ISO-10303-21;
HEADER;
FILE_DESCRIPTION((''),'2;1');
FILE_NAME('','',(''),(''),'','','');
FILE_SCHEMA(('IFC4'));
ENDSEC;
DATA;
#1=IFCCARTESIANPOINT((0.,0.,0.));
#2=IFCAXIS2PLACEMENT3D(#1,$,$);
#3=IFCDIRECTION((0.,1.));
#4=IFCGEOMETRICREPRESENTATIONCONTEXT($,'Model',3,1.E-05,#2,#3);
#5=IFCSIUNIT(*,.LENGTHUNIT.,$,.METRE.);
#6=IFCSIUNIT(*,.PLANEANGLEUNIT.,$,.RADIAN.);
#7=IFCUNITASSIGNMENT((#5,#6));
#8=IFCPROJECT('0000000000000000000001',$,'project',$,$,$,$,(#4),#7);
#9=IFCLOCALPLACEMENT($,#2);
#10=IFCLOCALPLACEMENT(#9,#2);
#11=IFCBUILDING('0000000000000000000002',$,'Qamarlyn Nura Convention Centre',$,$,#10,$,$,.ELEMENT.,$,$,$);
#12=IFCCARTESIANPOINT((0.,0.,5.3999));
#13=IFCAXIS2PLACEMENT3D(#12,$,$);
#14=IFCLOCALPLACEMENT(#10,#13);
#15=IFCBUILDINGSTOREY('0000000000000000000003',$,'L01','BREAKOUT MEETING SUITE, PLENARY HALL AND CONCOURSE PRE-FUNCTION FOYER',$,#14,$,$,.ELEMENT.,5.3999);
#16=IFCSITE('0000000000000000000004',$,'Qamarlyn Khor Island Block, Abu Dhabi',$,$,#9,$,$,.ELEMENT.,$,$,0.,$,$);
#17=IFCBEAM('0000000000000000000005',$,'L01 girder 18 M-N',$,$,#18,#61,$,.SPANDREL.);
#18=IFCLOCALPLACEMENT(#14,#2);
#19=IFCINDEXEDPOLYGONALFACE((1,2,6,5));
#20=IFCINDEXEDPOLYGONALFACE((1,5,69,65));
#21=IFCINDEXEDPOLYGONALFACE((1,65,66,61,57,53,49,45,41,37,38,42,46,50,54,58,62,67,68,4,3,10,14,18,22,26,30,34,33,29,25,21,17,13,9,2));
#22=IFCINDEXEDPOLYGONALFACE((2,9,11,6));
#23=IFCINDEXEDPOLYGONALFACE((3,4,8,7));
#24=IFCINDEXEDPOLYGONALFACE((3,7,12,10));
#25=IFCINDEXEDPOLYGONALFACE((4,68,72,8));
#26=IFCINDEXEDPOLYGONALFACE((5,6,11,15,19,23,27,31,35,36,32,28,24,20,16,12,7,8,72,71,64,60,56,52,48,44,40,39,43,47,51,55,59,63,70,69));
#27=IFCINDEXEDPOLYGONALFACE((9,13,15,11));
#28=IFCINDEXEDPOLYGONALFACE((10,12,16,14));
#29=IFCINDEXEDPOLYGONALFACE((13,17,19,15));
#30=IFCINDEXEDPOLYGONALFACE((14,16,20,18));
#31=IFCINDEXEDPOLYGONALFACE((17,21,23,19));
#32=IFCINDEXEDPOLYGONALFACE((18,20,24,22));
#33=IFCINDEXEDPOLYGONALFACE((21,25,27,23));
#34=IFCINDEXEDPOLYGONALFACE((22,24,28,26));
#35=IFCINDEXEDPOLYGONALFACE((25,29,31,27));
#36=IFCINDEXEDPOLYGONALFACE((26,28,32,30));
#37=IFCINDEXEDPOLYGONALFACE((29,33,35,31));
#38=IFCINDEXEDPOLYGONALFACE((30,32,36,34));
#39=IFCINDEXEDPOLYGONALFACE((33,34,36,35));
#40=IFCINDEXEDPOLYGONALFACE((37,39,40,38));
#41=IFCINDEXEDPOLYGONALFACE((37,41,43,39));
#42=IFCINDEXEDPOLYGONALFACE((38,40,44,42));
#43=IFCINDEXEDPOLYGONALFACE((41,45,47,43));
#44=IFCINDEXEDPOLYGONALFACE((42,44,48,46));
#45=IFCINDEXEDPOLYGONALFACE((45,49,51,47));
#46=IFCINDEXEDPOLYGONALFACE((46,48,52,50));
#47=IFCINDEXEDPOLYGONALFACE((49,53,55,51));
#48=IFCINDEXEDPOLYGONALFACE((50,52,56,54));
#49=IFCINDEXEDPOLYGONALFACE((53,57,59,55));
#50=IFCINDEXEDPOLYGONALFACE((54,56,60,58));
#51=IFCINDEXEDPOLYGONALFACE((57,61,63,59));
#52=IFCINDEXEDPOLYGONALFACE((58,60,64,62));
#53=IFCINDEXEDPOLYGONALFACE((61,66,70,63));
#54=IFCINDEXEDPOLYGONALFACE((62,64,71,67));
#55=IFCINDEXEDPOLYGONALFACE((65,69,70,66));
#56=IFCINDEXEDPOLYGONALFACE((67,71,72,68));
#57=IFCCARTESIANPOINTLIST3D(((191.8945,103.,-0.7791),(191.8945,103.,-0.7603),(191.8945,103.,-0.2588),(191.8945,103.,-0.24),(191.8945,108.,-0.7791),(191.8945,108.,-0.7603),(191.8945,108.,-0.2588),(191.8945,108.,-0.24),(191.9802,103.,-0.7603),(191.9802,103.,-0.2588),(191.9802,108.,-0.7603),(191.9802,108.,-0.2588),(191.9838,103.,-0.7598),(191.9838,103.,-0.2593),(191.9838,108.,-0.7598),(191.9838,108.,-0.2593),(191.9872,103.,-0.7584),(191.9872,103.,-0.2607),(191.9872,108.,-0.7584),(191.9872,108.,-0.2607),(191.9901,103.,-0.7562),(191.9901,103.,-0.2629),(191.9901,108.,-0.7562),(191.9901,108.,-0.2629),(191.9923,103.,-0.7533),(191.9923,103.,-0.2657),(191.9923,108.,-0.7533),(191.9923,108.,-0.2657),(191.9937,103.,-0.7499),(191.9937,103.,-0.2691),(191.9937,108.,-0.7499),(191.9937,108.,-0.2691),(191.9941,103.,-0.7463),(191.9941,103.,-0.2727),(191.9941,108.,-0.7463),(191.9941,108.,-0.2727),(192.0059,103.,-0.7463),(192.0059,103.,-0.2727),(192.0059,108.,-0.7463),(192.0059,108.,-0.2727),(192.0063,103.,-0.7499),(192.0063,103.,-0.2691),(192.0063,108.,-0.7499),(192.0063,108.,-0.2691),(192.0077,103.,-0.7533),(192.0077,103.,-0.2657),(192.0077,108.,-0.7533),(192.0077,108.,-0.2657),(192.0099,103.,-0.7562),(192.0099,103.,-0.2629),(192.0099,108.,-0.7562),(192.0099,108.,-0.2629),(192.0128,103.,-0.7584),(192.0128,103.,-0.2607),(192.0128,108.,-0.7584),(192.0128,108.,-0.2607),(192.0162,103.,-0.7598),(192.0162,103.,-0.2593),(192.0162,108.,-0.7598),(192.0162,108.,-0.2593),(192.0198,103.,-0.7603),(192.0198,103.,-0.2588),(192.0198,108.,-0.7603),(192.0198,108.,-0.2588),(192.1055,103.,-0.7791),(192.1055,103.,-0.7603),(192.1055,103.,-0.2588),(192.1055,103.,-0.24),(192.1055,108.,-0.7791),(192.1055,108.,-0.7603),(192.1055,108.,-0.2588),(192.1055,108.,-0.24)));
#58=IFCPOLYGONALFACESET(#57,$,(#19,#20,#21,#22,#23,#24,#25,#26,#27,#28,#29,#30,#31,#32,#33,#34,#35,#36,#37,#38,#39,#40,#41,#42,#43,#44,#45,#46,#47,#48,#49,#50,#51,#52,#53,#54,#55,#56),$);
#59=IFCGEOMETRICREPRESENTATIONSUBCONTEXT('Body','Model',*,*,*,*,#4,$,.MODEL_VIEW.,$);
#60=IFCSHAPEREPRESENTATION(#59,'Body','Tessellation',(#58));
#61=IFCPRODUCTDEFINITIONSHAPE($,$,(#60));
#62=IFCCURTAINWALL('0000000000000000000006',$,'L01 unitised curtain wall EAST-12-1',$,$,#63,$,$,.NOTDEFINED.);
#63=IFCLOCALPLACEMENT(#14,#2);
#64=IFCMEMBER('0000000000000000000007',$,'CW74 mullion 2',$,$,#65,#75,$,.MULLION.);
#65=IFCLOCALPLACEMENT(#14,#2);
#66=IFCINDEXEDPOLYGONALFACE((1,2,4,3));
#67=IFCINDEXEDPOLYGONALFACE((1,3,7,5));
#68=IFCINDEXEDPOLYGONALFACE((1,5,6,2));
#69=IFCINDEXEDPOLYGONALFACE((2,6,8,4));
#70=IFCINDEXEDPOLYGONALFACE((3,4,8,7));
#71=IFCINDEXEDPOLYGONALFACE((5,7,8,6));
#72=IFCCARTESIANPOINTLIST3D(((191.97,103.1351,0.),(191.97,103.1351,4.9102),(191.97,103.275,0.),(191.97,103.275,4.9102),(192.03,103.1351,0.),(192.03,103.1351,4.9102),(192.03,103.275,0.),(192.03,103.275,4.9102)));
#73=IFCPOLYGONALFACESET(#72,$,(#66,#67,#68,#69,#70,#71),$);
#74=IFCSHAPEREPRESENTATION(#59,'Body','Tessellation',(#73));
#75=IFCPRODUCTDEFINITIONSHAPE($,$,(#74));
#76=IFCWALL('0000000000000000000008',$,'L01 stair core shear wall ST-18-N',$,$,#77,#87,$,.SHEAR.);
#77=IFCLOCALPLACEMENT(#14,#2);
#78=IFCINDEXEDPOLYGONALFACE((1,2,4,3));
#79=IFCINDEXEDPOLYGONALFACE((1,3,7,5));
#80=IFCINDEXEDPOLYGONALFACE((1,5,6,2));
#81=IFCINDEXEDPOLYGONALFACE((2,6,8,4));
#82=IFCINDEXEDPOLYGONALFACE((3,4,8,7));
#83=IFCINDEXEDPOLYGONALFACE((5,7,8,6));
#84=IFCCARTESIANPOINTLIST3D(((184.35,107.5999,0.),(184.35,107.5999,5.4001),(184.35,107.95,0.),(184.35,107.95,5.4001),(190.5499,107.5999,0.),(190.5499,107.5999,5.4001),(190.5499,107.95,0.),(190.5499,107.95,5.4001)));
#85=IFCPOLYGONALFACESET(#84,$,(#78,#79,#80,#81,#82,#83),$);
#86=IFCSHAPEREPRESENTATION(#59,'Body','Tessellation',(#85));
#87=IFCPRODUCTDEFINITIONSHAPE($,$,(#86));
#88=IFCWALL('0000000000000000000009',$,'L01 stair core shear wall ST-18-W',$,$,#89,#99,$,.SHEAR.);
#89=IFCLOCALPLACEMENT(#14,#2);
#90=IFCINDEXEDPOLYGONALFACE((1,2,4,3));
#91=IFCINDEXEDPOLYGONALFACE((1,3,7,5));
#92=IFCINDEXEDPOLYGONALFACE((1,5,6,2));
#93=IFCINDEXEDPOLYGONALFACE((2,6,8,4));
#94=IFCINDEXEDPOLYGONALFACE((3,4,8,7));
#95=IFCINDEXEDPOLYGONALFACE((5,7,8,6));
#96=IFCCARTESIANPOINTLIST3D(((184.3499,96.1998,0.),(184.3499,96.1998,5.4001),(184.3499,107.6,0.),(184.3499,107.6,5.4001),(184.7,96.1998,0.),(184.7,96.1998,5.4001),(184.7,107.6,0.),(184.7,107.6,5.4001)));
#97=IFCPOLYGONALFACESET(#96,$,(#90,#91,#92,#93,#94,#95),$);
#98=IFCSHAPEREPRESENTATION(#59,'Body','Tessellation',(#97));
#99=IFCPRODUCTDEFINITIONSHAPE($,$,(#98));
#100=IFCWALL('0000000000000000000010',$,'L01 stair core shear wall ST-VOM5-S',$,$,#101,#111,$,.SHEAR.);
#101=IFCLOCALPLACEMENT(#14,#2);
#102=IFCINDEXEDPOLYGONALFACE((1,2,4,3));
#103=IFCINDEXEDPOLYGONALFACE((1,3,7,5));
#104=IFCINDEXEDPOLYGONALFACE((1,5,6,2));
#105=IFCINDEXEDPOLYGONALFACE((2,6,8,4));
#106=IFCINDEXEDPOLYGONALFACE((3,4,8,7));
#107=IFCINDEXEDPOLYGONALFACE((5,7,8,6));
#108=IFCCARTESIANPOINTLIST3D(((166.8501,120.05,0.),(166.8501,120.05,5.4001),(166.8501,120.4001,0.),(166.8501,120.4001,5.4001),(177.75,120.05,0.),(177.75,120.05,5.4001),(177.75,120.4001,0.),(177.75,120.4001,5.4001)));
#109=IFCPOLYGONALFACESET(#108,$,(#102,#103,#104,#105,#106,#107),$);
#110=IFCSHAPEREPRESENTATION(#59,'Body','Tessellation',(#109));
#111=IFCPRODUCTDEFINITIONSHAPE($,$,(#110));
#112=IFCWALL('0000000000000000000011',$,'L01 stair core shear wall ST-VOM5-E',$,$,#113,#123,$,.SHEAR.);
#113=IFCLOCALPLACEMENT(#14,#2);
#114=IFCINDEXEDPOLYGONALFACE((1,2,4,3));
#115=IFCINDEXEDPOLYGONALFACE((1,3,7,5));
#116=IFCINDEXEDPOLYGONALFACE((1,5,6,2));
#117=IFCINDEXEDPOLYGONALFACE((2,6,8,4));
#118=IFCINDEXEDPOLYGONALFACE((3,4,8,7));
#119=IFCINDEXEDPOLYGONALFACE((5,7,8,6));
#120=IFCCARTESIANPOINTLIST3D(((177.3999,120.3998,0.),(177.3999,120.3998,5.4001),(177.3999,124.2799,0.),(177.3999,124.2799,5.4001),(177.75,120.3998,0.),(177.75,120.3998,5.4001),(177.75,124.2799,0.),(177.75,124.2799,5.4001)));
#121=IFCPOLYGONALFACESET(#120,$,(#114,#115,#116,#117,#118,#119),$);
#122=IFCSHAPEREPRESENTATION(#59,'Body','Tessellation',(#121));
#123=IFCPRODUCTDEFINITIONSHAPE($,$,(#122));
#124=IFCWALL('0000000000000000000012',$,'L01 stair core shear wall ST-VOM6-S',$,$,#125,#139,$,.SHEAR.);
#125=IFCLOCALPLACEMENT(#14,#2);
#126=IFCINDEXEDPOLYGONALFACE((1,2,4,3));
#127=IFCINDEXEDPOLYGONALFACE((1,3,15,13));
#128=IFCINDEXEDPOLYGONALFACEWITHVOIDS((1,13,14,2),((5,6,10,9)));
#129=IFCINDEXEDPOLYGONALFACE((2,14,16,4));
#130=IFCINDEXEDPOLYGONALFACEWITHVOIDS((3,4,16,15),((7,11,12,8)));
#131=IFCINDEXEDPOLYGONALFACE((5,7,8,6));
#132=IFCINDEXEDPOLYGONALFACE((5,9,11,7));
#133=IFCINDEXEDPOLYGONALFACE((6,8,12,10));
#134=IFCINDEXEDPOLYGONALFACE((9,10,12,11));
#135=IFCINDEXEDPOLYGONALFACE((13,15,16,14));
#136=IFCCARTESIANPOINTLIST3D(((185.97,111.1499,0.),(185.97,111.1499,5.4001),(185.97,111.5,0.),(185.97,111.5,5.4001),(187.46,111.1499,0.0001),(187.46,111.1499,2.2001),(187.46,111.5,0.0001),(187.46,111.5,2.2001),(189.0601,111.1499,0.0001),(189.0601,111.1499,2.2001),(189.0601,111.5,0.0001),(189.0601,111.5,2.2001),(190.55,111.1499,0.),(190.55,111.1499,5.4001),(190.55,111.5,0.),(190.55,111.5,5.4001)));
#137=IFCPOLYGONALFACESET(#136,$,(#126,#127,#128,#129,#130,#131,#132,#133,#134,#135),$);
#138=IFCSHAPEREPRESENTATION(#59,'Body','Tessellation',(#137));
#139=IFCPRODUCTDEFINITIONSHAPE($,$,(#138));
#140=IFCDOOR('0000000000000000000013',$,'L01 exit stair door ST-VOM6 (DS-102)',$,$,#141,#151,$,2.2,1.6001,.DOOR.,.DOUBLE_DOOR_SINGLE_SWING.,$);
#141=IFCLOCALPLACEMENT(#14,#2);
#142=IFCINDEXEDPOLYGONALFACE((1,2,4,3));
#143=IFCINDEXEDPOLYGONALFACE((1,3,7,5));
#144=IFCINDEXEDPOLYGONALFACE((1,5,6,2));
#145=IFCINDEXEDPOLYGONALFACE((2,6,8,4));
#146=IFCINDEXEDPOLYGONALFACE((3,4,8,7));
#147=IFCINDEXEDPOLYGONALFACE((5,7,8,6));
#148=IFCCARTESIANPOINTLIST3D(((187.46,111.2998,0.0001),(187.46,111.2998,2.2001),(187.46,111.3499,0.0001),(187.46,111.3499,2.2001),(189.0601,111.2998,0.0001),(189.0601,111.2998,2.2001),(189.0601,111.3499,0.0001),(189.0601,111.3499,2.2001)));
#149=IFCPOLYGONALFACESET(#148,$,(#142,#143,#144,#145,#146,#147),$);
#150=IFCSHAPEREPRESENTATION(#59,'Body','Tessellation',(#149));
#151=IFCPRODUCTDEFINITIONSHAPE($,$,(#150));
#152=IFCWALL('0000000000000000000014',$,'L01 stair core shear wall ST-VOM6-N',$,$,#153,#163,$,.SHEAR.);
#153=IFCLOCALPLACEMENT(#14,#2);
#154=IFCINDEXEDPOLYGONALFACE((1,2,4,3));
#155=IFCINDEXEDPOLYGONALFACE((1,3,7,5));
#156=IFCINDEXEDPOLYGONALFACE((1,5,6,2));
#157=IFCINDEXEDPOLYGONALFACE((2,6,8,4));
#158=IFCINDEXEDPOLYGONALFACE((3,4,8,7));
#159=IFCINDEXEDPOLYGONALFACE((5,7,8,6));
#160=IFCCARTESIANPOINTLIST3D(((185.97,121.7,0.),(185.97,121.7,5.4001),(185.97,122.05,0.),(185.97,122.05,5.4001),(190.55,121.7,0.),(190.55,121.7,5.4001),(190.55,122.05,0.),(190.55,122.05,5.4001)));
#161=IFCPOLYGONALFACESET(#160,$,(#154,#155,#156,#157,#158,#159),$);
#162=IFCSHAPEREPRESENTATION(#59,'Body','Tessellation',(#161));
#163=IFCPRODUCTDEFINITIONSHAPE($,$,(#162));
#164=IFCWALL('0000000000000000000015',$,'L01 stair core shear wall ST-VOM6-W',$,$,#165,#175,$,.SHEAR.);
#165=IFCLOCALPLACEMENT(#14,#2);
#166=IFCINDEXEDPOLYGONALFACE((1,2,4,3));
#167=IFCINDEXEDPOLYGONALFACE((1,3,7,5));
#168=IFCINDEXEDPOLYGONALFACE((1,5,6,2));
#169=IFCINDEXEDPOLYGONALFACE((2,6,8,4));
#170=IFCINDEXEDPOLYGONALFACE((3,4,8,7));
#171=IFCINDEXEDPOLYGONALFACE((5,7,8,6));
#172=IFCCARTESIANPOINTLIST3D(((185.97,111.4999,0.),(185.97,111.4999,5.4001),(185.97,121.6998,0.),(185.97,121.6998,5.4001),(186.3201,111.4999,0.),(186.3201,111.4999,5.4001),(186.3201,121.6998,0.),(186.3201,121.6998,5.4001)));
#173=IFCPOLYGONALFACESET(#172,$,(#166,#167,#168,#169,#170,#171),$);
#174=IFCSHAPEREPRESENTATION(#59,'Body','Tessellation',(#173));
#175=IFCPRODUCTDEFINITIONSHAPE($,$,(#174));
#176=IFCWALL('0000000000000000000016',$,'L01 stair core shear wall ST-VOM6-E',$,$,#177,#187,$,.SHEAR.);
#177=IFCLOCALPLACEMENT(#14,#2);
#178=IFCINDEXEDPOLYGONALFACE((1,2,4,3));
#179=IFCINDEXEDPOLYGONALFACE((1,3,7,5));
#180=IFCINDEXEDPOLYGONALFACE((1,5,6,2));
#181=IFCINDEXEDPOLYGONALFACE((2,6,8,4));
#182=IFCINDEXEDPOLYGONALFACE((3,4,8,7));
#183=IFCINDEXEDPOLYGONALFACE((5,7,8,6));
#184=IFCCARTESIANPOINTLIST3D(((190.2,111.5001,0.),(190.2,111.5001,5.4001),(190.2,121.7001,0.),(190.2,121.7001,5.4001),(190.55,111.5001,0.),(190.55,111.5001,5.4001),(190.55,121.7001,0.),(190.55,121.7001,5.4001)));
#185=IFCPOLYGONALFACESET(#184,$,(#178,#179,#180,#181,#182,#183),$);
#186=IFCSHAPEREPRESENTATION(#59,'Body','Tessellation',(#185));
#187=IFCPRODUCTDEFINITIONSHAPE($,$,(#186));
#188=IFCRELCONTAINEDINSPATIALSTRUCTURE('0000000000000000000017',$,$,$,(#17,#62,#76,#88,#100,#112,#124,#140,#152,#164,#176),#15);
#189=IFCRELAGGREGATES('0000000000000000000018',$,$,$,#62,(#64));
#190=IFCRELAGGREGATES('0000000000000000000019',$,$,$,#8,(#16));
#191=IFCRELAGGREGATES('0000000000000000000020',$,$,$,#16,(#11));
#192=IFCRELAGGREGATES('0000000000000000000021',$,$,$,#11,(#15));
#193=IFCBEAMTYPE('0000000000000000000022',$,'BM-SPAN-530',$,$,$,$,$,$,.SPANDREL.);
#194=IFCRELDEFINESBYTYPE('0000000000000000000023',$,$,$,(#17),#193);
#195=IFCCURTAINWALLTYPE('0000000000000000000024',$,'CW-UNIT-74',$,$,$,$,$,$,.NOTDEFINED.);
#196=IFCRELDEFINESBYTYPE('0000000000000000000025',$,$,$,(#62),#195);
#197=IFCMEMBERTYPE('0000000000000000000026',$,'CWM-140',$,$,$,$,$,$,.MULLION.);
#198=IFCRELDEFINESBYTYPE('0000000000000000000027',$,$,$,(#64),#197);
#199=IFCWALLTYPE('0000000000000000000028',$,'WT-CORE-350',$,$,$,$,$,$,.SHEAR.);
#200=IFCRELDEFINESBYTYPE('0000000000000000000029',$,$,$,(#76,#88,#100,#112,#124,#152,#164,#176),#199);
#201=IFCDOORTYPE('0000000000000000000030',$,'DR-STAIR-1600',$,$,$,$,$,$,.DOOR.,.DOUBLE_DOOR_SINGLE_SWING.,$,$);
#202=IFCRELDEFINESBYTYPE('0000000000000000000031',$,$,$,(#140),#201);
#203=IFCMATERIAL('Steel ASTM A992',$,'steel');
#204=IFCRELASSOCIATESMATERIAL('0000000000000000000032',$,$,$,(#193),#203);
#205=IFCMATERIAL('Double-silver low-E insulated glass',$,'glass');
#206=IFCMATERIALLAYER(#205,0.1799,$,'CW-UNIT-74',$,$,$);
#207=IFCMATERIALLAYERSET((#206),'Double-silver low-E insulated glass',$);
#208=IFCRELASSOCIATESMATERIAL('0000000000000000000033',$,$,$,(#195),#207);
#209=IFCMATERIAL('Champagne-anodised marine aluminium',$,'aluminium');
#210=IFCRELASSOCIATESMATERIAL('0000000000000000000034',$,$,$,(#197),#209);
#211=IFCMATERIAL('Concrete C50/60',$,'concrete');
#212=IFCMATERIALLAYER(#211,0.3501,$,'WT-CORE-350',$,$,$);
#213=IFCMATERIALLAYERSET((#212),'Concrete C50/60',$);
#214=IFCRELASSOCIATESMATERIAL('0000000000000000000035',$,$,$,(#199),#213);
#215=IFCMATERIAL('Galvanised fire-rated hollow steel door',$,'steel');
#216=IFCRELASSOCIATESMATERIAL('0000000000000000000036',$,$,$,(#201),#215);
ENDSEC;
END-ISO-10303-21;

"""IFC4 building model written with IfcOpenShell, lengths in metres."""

from ifc_helpers import new_model, si_unit, direction, frame, frame_2d, origin, origin_2d, place, context, subcontext, project, spatial, rectangle, i_section, extrude, material, layer, layer_set, material_profile, profile_set, type_object, element, fill, aggregate, save


model = new_model("IFC4")

# Units and contexts
model_context = context("Model", 3, precision=1e-05, world=origin(), true_north=direction((0.0, 1.0)))
body_context = subcontext(model_context, "Body", "Model", "MODEL_VIEW")
ifc_project = project(units=[si_unit("LENGTHUNIT", "METRE"), si_unit("PLANEANGLEUNIT", "RADIAN")], contexts=[model_context])

# Site, building, storey
site_placement = place(None, origin())
site = spatial("IfcSite", under=ifc_project, at=site_placement, Name="Qamarlyn Khor Island Block, Abu Dhabi", CompositionType="ELEMENT", RefElevation=0.0)
building_placement = place(site_placement, origin())
building = spatial("IfcBuilding", under=site, at=building_placement, Name="Qamarlyn Nura Convention Centre", CompositionType="ELEMENT")
storey_placement = place(building_placement, frame((0.0, 0.0, 5.3999)))
storey = spatial("IfcBuildingStorey", under=building, at=storey_placement, Name="L01", Description="BREAKOUT MEETING SUITE, PLENARY HALL AND CONCOURSE PRE-FUNCTION FOYER", CompositionType="ELEMENT", Elevation=5.3999)

# Beam
ifc_material_1 = material(Name="Steel ASTM A992", Category="steel")
ifc_material_profile_1 = material_profile(ifc_material_1, i_section(OverallWidth=0.2109, OverallDepth=0.5391, WebThickness=0.0117, FlangeThickness=0.0188, FilletRadius=0.0139, at=origin_2d()), Name="W530X109")
ifc_profile_set_1 = profile_set([ifc_material_profile_1], Name="Steel ASTM A992")
beam_type_1 = type_object("IfcBeamType", Name="BM-SPAN-530", PredefinedType="SPANDREL", material=ifc_profile_set_1)
beam_placement = place(storey_placement, frame((192.0, 103.0, -0.5095), z_axis=(0.0, 1.0, 0.0), x_axis=(-1.0, 0.0, 0.0)))
element("IfcBeam", 1, at=beam_placement, inside=storey, type_object=beam_type_1, Name="L01 girder 18 M-N", PredefinedType="SPANDREL", context=body_context, shape_type="SweptSolid", body=[
    extrude(i_section(OverallWidth=0.2109, OverallDepth=0.5391, WebThickness=0.0117, FlangeThickness=0.0188, FilletRadius=0.0139, at=origin_2d()), origin(), (0.0, 0.0, 1.0), 5.0),
])

# Curtain wall, member
ifc_material_2 = material(Name="Double-silver low-E insulated glass", Category="glass")
ifc_layer_1 = layer(ifc_material_2, 0.1799, Name="CW-UNIT-74")
ifc_layer_set_1 = layer_set([ifc_layer_1], Name="Double-silver low-E insulated glass")
curtain_wall_type = type_object("IfcCurtainWallType", Name="CW-UNIT-74", PredefinedType="NOTDEFINED", material=ifc_layer_set_1)
curtain_wall_placement = place(storey_placement, origin())
curtain_wall = element("IfcCurtainWall", 2, at=curtain_wall_placement, inside=storey, type_object=curtain_wall_type, Name="L01 unitised curtain wall EAST-12-1", PredefinedType="NOTDEFINED")
ifc_material_3 = material(Name="Champagne-anodised marine aluminium", Category="aluminium")
ifc_material_profile_2 = material_profile(ifc_material_3, rectangle(XDim=0.0601, YDim=0.1399, at=origin_2d()), Name="ALU MULLION 60x140")
ifc_profile_set_2 = profile_set([ifc_material_profile_2], Name="Champagne-anodised marine aluminium")
member_type = type_object("IfcMemberType", Name="CWM-140", PredefinedType="MULLION", material=ifc_profile_set_2)
member_placement = place(storey_placement, frame((192.0, 103.2051, 0.0), z_axis=(0.0, 0.0, 1.0), x_axis=(1.0, 0.0, 0.0)))
member = element("IfcMember", 3, at=member_placement, type_object=member_type, Name="CW74 mullion 2", PredefinedType="MULLION", context=body_context, shape_type="SweptSolid", body=[
    extrude(rectangle(XDim=0.0601, YDim=0.1399, at=origin_2d()), origin(), (0.0, 0.0, 1.0), 4.9102),
])
aggregate(curtain_wall, [member])

# Walls
ifc_material_4 = material(Name="Concrete C50/60", Category="concrete")
ifc_layer_2 = layer(ifc_material_4, 0.3501, Name="WT-CORE-350")
ifc_layer_set_2 = layer_set([ifc_layer_2], Name="Concrete C50/60")
wall_type = type_object("IfcWallType", Name="WT-CORE-350", PredefinedType="SHEAR", material=ifc_layer_set_2)
wall_1_placement = place(storey_placement, frame((190.55, 107.7749, 0.0), z_axis=(0.0, 0.0, 1.0), x_axis=(-1.0, 0.0, 0.0)))
element("IfcWall", 4, at=wall_1_placement, inside=storey, type_object=wall_type, Name="L01 stair core shear wall ST-18-N", PredefinedType="SHEAR", context=body_context, shape_type="SweptSolid", body=[
    extrude(rectangle(XDim=6.2, YDim=0.3501, at=frame_2d((3.1001, 0.0))), origin(), (0.0, 0.0, 1.0), 5.4001),
])
wall_2_placement = place(storey_placement, frame((184.5249, 107.6001, 0.0), z_axis=(0.0, 0.0, 1.0), x_axis=(0.0, -1.0, 0.0)))
element("IfcWall", 5, at=wall_2_placement, inside=storey, type_object=wall_type, Name="L01 stair core shear wall ST-18-W", PredefinedType="SHEAR", context=body_context, shape_type="SweptSolid", body=[
    extrude(rectangle(XDim=11.4001, YDim=0.3501, at=frame_2d((5.7002, 0.0))), origin(), (0.0, 0.0, 1.0), 5.4001),
])
wall_3_placement = place(storey_placement, frame((166.8501, 120.2251, 0.0), z_axis=(0.0, 0.0, 1.0), x_axis=(1.0, 0.0, 0.0)))
element("IfcWall", 6, at=wall_3_placement, inside=storey, type_object=wall_type, Name="L01 stair core shear wall ST-VOM5-S", PredefinedType="SHEAR", context=body_context, shape_type="SweptSolid", body=[
    extrude(rectangle(XDim=10.8999, YDim=0.3501, at=frame_2d((5.45, 0.0))), origin(), (0.0, 0.0, 1.0), 5.4001),
])
wall_4_placement = place(storey_placement, frame((177.575, 120.3999, 0.0), z_axis=(0.0, 0.0, 1.0), x_axis=(0.0, 1.0, 0.0)))
element("IfcWall", 7, at=wall_4_placement, inside=storey, type_object=wall_type, Name="L01 stair core shear wall ST-VOM5-E", PredefinedType="SHEAR", context=body_context, shape_type="SweptSolid", body=[
    extrude(rectangle(XDim=3.8801, YDim=0.3501, at=frame_2d((1.9399, 0.0))), origin(), (0.0, 0.0, 1.0), 5.4001),
])

# Wall, opening, door
wall_5_placement = place(storey_placement, frame((185.97, 111.325, 0.0), z_axis=(0.0, 0.0, 1.0), x_axis=(1.0, 0.0, 0.0)))
wall_5 = element("IfcWall", 8, at=wall_5_placement, inside=storey, type_object=wall_type, Name="L01 stair core shear wall ST-VOM6-S", PredefinedType="SHEAR", context=body_context, shape_type="SweptSolid", body=[
    extrude(rectangle(XDim=4.5801, YDim=0.3501, at=frame_2d((2.29, 0.0))), origin(), (0.0, 0.0, 1.0), 5.4001),
])
opening_placement = place(wall_5_placement, frame((1.49, 0.0, 0.0)))
opening = element("IfcOpeningElement", 9, at=opening_placement, cuts=wall_5, PredefinedType="OPENING", context=body_context, shape_type="SweptSolid", body=[
    extrude(rectangle(XDim=1.6001, YDim=2.2, at=frame_2d((0.8, 1.1001))), frame((0.0, 0.1851, 0.0), z_axis=(0.0, -1.0, 0.0), x_axis=(1.0, 0.0, 0.0)), (0.0, 0.0, 1.0), 0.3701),
])
ifc_material_5 = material(Name="Galvanised fire-rated hollow steel door", Category="steel")
door_type = type_object("IfcDoorType", Name="DR-STAIR-1600", OperationType="DOUBLE_DOOR_SINGLE_SWING", PredefinedType="DOOR", material=ifc_material_5)
door_placement = place(opening_placement, origin())
door = element("IfcDoor", 10, at=door_placement, inside=storey, type_object=door_type, Name="L01 exit stair door ST-VOM6 (DS-102)", OperationType="DOUBLE_DOOR_SINGLE_SWING", OverallHeight=2.2, OverallWidth=1.6001, PredefinedType="DOOR", context=body_context, shape_type="SweptSolid", body=[
    extrude(rectangle(XDim=1.6001, YDim=2.2, at=frame_2d((0.8, 1.1001))), frame((0.0, 0.0249, 0.0), z_axis=(0.0, -1.0, 0.0), x_axis=(1.0, 0.0, 0.0)), (0.0, 0.0, 1.0), 0.05),
])
fill(opening, door)

# Walls
wall_6_placement = place(storey_placement, frame((190.55, 121.875, 0.0), z_axis=(0.0, 0.0, 1.0), x_axis=(-1.0, 0.0, 0.0)))
element("IfcWall", 11, at=wall_6_placement, inside=storey, type_object=wall_type, Name="L01 stair core shear wall ST-VOM6-N", PredefinedType="SHEAR", context=body_context, shape_type="SweptSolid", body=[
    extrude(rectangle(XDim=4.5801, YDim=0.3501, at=frame_2d((2.29, 0.0))), origin(), (0.0, 0.0, 1.0), 5.4001),
])
for number, where, z_axis, x_axis, name in (
    (12, (186.145, 121.7, 0.0), (0.0, 0.0, 1.0), (0.0, -1.0, 0.0), "L01 stair core shear wall ST-VOM6-W"),
    (13, (190.375, 111.5, 0.0), (0.0, 0.0, 1.0), (0.0, 1.0, 0.0), "L01 stair core shear wall ST-VOM6-E"),
):
    element("IfcWall", number, at=place(storey_placement, frame(where, z_axis=z_axis, x_axis=x_axis)), inside=storey, type_object=wall_type, Name=name, PredefinedType="SHEAR", context=body_context, shape_type="SweptSolid", body=[
        extrude(rectangle(XDim=10.2, YDim=0.3501, at=frame_2d((5.1001, 0.0))), origin(), (0.0, 0.0, 1.0), 5.4001),
    ])

save(model, "model.ifc")
